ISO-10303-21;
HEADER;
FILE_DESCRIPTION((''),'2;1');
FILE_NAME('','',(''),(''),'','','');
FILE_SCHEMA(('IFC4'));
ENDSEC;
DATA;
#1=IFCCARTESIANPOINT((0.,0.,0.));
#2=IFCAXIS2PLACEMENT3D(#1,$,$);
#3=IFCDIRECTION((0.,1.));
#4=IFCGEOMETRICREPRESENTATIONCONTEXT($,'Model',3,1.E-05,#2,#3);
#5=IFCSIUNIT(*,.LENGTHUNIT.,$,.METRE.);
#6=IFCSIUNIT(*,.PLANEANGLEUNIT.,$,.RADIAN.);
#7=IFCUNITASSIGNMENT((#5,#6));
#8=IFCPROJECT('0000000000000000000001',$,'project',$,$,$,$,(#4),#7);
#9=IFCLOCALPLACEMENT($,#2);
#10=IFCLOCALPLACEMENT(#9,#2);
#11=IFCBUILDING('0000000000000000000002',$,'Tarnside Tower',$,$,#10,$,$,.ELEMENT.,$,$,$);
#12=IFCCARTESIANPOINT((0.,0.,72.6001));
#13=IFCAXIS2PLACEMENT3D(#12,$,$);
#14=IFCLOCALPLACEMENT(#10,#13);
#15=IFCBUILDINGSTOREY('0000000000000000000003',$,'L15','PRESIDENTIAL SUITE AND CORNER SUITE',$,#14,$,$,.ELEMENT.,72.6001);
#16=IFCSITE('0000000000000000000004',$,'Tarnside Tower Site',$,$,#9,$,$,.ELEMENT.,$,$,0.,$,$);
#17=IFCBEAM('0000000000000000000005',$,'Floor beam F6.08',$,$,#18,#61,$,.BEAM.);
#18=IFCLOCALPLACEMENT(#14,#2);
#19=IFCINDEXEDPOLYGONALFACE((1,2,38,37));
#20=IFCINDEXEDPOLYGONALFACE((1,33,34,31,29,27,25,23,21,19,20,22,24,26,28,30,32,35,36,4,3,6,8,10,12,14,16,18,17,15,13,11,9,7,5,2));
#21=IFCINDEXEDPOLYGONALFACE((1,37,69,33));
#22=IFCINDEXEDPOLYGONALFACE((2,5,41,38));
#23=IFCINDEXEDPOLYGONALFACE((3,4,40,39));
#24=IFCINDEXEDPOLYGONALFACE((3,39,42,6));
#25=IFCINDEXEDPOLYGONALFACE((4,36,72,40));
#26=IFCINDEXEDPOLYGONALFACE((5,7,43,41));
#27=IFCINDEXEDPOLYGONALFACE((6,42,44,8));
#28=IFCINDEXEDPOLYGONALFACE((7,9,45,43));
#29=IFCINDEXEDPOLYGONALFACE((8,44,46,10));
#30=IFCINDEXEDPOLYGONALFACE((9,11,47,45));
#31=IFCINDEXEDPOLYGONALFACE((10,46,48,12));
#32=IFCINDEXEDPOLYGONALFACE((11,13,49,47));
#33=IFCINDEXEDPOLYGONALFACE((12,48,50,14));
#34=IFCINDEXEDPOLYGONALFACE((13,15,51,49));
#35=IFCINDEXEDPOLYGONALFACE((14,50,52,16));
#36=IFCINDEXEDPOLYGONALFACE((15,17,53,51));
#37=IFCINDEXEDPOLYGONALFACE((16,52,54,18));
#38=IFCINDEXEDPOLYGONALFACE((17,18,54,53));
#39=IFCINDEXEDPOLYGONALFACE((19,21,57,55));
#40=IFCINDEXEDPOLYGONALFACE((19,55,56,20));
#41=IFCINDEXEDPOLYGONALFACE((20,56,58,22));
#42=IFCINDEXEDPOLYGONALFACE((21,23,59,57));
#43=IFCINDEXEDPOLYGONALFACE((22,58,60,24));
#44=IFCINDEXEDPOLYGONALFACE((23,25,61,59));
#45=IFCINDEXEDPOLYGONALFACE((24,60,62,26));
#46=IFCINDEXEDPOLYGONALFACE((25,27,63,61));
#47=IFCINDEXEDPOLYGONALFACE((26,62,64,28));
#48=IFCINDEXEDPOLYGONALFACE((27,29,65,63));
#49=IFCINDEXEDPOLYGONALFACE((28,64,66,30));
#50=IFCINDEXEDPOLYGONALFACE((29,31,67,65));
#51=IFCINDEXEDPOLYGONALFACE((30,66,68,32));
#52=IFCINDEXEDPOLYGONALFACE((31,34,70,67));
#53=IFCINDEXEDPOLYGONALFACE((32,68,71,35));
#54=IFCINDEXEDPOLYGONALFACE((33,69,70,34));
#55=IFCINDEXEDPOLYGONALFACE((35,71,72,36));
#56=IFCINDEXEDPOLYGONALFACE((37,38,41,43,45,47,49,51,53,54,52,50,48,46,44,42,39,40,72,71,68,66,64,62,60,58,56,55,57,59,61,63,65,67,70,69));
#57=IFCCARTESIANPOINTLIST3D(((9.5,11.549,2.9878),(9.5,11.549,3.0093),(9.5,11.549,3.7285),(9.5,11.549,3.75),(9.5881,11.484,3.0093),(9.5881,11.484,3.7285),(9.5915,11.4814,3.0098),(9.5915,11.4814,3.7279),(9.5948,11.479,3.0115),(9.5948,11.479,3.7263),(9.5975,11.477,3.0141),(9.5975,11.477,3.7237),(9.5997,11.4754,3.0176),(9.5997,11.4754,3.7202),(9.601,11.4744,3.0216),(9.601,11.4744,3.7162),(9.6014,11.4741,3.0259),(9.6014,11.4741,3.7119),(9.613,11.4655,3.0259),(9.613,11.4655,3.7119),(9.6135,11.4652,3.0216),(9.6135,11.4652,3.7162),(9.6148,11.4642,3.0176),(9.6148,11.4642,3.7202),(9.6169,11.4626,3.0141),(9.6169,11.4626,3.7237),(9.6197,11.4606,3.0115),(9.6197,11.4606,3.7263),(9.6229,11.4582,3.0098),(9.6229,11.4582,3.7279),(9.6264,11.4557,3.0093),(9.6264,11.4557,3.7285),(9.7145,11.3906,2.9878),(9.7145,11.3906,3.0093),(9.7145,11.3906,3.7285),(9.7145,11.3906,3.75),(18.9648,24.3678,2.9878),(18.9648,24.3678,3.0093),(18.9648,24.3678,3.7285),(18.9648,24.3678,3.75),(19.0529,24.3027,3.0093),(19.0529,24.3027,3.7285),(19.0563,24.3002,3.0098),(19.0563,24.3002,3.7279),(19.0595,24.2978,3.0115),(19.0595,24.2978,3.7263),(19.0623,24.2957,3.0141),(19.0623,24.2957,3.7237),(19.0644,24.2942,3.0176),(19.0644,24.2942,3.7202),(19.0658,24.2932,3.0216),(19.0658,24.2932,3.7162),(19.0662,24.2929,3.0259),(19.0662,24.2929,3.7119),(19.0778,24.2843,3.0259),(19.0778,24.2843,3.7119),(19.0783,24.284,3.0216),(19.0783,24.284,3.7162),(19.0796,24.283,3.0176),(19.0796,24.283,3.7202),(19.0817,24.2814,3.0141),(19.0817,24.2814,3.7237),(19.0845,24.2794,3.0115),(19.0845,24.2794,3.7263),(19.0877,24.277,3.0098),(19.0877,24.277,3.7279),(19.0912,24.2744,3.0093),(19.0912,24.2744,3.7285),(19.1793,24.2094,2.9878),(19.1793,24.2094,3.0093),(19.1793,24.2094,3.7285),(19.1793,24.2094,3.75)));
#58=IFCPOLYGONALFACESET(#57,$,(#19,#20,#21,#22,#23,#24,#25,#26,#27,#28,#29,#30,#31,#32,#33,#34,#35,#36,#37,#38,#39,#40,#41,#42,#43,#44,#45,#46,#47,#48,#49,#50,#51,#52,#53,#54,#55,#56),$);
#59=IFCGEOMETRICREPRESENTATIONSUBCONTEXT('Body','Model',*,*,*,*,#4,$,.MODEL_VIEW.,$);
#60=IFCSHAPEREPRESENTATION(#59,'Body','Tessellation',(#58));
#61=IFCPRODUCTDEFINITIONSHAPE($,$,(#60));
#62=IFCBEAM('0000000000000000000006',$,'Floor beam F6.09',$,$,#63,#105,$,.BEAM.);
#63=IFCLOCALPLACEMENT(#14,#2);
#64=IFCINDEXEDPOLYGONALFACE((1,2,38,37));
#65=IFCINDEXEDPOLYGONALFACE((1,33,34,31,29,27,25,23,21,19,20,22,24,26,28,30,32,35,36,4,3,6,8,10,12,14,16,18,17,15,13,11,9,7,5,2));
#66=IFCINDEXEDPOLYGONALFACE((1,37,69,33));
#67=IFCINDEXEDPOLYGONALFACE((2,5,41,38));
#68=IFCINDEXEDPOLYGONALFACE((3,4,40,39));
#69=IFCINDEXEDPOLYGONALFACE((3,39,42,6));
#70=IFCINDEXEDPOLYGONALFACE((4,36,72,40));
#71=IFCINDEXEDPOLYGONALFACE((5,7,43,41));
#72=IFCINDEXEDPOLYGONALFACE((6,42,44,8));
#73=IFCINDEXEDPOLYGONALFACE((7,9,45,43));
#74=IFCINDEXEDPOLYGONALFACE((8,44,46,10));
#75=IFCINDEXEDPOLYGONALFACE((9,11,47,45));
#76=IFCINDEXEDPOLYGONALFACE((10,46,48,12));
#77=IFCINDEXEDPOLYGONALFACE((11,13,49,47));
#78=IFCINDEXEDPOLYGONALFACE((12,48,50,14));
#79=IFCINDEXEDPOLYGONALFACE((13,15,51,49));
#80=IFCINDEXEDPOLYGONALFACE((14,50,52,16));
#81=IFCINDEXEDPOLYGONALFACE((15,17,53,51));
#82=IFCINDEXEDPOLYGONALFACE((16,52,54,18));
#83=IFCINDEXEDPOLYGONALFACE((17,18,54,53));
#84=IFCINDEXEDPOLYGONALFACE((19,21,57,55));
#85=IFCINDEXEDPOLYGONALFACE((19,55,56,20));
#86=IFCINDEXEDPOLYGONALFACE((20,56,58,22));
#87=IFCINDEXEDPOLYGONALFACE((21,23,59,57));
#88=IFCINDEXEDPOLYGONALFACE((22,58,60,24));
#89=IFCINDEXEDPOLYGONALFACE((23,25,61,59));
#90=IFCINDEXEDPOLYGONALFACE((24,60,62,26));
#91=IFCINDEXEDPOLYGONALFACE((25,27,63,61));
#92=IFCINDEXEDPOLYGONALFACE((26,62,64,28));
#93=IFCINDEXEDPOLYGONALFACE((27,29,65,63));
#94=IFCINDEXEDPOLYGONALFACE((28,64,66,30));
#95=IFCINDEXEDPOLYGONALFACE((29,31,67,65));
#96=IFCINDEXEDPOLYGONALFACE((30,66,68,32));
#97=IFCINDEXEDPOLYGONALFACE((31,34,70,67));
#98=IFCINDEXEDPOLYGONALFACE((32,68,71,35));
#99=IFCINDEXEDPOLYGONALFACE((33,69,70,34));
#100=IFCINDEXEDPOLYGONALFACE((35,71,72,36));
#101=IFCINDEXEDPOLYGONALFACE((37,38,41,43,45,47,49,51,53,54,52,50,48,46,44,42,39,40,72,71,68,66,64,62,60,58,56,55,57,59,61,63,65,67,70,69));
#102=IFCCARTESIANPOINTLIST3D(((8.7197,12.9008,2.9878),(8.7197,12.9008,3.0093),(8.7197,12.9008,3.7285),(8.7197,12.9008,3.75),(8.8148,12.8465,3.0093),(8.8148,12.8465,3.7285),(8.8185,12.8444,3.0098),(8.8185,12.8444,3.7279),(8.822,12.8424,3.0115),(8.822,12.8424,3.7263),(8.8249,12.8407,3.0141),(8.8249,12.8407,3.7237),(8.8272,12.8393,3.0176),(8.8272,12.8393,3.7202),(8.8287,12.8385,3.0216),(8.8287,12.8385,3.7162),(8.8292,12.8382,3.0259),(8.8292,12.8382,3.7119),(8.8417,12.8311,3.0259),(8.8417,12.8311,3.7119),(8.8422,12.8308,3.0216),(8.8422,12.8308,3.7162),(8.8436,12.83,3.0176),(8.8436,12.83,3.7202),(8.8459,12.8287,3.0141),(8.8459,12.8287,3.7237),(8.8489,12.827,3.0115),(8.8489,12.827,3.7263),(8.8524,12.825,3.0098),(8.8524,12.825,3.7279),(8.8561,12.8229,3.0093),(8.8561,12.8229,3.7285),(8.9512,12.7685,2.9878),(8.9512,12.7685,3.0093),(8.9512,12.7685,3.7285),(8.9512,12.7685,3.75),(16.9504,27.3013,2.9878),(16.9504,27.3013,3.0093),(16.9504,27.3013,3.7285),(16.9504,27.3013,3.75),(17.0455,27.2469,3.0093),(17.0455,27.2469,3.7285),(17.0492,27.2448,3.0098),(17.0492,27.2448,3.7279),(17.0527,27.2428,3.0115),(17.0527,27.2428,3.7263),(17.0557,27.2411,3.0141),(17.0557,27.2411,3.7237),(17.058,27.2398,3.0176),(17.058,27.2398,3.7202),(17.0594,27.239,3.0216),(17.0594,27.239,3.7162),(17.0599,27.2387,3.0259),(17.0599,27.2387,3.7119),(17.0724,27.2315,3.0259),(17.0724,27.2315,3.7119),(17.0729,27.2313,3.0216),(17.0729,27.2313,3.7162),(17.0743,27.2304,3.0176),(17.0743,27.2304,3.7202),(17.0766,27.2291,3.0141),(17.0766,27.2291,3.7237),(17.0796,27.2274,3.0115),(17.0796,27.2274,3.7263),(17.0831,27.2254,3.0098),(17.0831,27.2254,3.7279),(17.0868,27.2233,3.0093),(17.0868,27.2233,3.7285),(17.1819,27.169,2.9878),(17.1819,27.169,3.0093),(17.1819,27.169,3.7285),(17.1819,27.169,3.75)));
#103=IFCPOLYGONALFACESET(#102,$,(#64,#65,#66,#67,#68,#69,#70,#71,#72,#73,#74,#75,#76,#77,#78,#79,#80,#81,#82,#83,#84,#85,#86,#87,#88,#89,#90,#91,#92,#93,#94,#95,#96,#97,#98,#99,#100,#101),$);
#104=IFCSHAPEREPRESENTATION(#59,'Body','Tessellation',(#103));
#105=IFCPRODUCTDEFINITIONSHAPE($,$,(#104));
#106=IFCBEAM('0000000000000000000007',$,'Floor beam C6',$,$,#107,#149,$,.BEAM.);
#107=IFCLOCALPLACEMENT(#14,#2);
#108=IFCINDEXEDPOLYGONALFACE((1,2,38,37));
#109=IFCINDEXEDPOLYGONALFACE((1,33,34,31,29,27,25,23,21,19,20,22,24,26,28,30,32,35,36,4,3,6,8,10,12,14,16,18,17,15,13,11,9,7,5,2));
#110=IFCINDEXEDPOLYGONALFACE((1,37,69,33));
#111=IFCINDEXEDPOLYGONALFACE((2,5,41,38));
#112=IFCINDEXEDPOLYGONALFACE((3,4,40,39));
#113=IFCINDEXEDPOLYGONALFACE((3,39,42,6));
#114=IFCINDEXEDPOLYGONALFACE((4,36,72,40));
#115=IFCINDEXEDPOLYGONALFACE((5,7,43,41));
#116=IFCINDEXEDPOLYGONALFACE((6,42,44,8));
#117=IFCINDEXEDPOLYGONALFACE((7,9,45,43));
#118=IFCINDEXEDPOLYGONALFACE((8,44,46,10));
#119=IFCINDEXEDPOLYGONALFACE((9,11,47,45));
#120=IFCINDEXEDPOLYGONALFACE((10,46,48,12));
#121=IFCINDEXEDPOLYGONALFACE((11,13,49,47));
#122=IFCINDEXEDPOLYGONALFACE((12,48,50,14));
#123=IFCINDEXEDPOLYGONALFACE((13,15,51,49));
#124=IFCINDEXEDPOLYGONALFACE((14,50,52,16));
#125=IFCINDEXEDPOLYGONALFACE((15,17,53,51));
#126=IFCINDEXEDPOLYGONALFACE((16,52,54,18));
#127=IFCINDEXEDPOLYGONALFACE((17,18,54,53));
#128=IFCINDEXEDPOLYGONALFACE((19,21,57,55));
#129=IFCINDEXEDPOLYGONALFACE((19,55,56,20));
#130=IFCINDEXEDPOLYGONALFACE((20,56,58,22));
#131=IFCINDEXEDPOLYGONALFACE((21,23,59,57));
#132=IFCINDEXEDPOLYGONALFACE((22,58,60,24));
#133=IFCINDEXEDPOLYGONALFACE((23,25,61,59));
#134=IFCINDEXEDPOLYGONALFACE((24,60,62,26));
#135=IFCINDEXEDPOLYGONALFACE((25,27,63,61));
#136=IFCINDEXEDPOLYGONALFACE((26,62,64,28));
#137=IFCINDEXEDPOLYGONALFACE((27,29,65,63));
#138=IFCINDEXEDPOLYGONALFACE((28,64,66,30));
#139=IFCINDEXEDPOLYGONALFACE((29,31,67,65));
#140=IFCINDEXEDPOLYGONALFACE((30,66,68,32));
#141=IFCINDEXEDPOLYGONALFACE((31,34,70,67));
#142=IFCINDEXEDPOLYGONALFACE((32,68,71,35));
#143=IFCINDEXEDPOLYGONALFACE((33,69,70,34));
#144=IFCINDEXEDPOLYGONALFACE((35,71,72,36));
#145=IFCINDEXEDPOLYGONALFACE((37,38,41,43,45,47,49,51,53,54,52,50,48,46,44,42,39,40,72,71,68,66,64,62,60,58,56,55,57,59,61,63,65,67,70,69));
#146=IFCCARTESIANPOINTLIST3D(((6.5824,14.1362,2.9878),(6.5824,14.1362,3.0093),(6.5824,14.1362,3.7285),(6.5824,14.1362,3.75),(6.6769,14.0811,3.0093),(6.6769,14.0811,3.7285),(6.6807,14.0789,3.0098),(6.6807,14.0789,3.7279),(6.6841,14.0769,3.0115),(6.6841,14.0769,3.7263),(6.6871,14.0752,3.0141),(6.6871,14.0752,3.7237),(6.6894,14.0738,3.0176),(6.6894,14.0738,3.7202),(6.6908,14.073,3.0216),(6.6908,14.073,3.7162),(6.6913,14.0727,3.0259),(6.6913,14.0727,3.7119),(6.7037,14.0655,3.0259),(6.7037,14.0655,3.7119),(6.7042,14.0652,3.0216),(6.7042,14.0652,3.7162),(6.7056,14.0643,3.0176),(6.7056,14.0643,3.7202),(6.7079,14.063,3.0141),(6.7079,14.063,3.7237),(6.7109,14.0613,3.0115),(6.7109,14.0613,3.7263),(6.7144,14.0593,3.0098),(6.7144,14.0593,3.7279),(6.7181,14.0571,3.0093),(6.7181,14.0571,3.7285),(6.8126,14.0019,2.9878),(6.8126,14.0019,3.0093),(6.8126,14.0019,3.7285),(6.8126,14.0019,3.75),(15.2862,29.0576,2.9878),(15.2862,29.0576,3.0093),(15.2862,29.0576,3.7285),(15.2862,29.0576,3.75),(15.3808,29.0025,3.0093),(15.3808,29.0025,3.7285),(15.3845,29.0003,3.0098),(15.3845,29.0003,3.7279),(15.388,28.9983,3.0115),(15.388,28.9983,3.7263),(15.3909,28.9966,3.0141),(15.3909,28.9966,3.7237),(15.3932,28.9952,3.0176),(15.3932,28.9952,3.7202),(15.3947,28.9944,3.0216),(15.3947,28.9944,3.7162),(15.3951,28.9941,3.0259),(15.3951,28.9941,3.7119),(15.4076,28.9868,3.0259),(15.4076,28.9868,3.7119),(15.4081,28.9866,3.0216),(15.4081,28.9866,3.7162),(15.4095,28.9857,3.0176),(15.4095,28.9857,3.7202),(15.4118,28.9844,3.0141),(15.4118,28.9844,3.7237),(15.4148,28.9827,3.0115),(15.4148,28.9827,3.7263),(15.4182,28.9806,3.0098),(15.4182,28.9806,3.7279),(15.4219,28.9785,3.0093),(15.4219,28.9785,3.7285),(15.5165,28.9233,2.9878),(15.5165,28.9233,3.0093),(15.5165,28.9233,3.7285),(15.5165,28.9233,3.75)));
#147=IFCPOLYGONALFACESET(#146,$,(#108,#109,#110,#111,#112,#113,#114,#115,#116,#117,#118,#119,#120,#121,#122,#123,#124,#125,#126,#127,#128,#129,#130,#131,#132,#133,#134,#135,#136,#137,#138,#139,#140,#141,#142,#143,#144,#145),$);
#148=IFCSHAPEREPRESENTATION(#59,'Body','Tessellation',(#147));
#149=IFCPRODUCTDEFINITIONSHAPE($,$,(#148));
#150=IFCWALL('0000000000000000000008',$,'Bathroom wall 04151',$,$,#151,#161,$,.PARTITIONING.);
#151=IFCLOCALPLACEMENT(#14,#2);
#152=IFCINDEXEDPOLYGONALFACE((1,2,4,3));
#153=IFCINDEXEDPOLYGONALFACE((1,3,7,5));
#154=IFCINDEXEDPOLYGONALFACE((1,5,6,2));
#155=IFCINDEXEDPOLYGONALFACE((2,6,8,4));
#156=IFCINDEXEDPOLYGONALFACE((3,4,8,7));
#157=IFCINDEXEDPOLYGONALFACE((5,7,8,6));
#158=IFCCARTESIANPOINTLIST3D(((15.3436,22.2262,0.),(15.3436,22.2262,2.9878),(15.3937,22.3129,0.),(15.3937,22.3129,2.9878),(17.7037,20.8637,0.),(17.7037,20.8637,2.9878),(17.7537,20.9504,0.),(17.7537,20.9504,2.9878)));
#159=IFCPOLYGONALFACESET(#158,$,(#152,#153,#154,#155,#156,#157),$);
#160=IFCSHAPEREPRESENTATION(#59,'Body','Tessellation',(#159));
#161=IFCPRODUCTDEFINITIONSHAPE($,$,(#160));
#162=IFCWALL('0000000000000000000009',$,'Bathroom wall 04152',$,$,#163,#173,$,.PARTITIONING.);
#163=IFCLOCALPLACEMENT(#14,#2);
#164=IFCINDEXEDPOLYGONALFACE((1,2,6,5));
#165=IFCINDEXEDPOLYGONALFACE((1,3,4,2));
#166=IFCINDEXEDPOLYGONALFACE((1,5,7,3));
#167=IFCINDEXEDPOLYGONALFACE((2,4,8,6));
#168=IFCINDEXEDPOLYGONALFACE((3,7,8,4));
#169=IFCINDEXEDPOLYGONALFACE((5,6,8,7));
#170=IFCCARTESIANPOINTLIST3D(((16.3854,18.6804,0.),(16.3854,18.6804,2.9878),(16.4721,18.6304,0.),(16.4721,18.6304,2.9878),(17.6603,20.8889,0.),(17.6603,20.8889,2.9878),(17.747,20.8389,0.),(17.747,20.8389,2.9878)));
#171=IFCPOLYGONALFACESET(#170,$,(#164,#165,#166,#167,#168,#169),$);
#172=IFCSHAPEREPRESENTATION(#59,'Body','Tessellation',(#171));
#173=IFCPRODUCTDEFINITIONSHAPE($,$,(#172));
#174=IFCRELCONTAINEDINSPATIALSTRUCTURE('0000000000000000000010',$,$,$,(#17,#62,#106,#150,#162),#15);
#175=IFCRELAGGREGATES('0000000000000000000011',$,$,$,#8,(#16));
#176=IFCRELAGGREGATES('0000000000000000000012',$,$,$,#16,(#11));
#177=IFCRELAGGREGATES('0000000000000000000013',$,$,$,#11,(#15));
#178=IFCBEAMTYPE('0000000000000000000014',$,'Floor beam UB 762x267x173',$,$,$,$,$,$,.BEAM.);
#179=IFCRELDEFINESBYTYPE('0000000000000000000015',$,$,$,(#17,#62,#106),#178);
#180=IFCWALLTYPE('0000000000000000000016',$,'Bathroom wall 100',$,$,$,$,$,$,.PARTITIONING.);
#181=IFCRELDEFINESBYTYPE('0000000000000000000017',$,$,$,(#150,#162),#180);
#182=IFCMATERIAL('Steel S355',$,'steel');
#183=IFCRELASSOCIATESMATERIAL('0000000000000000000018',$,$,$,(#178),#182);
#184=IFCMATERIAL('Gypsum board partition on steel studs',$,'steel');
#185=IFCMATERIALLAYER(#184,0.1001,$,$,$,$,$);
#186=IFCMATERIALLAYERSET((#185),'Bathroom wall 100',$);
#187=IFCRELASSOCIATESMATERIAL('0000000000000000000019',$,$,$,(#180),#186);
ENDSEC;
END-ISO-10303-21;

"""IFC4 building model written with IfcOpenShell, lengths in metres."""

from ifc_helpers import new_model, si_unit, direction, frame, frame_2d, origin, origin_2d, place, context, subcontext, project, spatial, rectangle, i_section, extrude, material, layer, layer_set, material_profile, profile_set, type_object, element, save


model = new_model("IFC4")

# Units and contexts
model_context = context("Model", 3, precision=1e-05, world=origin(), true_north=direction((0.0, 1.0)))
body_context = subcontext(model_context, "Body", "Model", "MODEL_VIEW")
ifc_project = project(units=[si_unit("LENGTHUNIT", "METRE"), si_unit("PLANEANGLEUNIT", "RADIAN")], contexts=[model_context])

# Site, building, storey
site_placement = place(None, origin())
site = spatial("IfcSite", under=ifc_project, at=site_placement, Name="Tarnside Tower Site", CompositionType="ELEMENT", RefElevation=0.0)
building_placement = place(site_placement, origin())
building = spatial("IfcBuilding", under=site, at=building_placement, Name="Tarnside Tower", CompositionType="ELEMENT")
storey_placement = place(building_placement, frame((0.0, 0.0, 72.6001)))
storey = spatial("IfcBuildingStorey", under=building, at=storey_placement, Name="L15", Description="PRESIDENTIAL SUITE AND CORNER SUITE", CompositionType="ELEMENT", Elevation=72.6001)

# Beams
ifc_material_1 = material(Name="Steel S355", Category="steel")
ifc_material_profile_1 = material_profile(ifc_material_1, i_section(OverallWidth=0.2666, OverallDepth=0.7622, WebThickness=0.0144, FlangeThickness=0.0215, FilletRadius=0.0166, at=origin_2d()), Name="UB 762x267x173")
ifc_profile_set_1 = profile_set([ifc_material_profile_1], Name="Steel S355")
beam_type_1 = type_object("IfcBeamType", Name="Floor beam UB 762x267x173", PredefinedType="BEAM", material=ifc_profile_set_1)
beam_1_placement = place(storey_placement, frame((19.072, 24.2886, 3.3689), z_axis=(-0.593987, -0.804475, 0.0), x_axis=(0.804475, -0.593987, 0.0)))
element("IfcBeam", 1, at=beam_1_placement, inside=storey, type_object=beam_type_1, Name="Floor beam F6.08", PredefinedType="BEAM", context=body_context, shape_type="SweptSolid", body=[
    extrude(i_section(OverallWidth=0.2666, OverallDepth=0.7622, WebThickness=0.0144, FlangeThickness=0.0215, FilletRadius=0.0166, at=origin_2d()), origin(), (0.0, 0.0, 1.0), 15.9343),
])
beam_2_placement = place(storey_placement, frame((17.0662, 27.2351, 3.3689), z_axis=(-0.496226, -0.868193, 0.0), x_axis=(0.868193, -0.496226, 0.0)))
element("IfcBeam", 2, at=beam_2_placement, inside=storey, type_object=beam_type_1, Name="Floor beam F6.09", PredefinedType="BEAM", context=body_context, shape_type="SweptSolid", body=[
    extrude(i_section(OverallWidth=0.2666, OverallDepth=0.7622, WebThickness=0.0144, FlangeThickness=0.0215, FilletRadius=0.0166, at=origin_2d()), origin(), (0.0, 0.0, 1.0), 16.5867),
])
beam_3_placement = place(storey_placement, frame((15.4014, 28.9905, 3.3689), z_axis=(-0.503859, -0.863786, 0.0), x_axis=(0.863786, -0.503859, 0.0)))
element("IfcBeam", 3, at=beam_3_placement, inside=storey, type_object=beam_type_1, Name="Floor beam C6", PredefinedType="BEAM", context=body_context, shape_type="SweptSolid", body=[
    extrude(i_section(OverallWidth=0.2666, OverallDepth=0.7622, WebThickness=0.0144, FlangeThickness=0.0215, FilletRadius=0.0166, at=origin_2d()), origin(), (0.0, 0.0, 1.0), 17.2744),
])

# Walls
ifc_material_2 = material(Name="Gypsum board partition on steel studs", Category="steel")
ifc_layer_1 = layer(ifc_material_2, 0.1001)
ifc_layer_set_1 = layer_set([ifc_layer_1], Name="Bathroom wall 100")
wall_type_1 = type_object("IfcWallType", Name="Bathroom wall 100", PredefinedType="PARTITIONING", material=ifc_layer_set_1)
wall_1_placement = place(storey_placement, frame((15.3687, 22.2695, 0.0), z_axis=(0.0, 0.0, 1.0), x_axis=(0.866035, -0.499984, 0.0)))
element("IfcWall", 4, at=wall_1_placement, inside=storey, type_object=wall_type_1, Name="Bathroom wall 04151", PredefinedType="PARTITIONING", context=body_context, shape_type="SweptSolid", body=[
    extrude(rectangle(XDim=2.7251, YDim=0.1001, at=frame_2d((1.3625, 0.0))), origin(), (0.0, 0.0, 1.0), 2.9878),
])
wall_2_placement = place(storey_placement, frame((17.7036, 20.8638, 0.0), z_axis=(0.0, 0.0, 1.0), x_axis=(-0.499949, -0.866055, 0.0)))
element("IfcWall", 5, at=wall_2_placement, inside=storey, type_object=wall_type_1, Name="Bathroom wall 04152", PredefinedType="PARTITIONING", context=body_context, shape_type="SweptSolid", body=[
    extrude(rectangle(XDim=2.55, YDim=0.1001, at=frame_2d((1.2749, 0.0))), origin(), (0.0, 0.0, 1.0), 2.9878),
])

save(model, "model.ifc")
